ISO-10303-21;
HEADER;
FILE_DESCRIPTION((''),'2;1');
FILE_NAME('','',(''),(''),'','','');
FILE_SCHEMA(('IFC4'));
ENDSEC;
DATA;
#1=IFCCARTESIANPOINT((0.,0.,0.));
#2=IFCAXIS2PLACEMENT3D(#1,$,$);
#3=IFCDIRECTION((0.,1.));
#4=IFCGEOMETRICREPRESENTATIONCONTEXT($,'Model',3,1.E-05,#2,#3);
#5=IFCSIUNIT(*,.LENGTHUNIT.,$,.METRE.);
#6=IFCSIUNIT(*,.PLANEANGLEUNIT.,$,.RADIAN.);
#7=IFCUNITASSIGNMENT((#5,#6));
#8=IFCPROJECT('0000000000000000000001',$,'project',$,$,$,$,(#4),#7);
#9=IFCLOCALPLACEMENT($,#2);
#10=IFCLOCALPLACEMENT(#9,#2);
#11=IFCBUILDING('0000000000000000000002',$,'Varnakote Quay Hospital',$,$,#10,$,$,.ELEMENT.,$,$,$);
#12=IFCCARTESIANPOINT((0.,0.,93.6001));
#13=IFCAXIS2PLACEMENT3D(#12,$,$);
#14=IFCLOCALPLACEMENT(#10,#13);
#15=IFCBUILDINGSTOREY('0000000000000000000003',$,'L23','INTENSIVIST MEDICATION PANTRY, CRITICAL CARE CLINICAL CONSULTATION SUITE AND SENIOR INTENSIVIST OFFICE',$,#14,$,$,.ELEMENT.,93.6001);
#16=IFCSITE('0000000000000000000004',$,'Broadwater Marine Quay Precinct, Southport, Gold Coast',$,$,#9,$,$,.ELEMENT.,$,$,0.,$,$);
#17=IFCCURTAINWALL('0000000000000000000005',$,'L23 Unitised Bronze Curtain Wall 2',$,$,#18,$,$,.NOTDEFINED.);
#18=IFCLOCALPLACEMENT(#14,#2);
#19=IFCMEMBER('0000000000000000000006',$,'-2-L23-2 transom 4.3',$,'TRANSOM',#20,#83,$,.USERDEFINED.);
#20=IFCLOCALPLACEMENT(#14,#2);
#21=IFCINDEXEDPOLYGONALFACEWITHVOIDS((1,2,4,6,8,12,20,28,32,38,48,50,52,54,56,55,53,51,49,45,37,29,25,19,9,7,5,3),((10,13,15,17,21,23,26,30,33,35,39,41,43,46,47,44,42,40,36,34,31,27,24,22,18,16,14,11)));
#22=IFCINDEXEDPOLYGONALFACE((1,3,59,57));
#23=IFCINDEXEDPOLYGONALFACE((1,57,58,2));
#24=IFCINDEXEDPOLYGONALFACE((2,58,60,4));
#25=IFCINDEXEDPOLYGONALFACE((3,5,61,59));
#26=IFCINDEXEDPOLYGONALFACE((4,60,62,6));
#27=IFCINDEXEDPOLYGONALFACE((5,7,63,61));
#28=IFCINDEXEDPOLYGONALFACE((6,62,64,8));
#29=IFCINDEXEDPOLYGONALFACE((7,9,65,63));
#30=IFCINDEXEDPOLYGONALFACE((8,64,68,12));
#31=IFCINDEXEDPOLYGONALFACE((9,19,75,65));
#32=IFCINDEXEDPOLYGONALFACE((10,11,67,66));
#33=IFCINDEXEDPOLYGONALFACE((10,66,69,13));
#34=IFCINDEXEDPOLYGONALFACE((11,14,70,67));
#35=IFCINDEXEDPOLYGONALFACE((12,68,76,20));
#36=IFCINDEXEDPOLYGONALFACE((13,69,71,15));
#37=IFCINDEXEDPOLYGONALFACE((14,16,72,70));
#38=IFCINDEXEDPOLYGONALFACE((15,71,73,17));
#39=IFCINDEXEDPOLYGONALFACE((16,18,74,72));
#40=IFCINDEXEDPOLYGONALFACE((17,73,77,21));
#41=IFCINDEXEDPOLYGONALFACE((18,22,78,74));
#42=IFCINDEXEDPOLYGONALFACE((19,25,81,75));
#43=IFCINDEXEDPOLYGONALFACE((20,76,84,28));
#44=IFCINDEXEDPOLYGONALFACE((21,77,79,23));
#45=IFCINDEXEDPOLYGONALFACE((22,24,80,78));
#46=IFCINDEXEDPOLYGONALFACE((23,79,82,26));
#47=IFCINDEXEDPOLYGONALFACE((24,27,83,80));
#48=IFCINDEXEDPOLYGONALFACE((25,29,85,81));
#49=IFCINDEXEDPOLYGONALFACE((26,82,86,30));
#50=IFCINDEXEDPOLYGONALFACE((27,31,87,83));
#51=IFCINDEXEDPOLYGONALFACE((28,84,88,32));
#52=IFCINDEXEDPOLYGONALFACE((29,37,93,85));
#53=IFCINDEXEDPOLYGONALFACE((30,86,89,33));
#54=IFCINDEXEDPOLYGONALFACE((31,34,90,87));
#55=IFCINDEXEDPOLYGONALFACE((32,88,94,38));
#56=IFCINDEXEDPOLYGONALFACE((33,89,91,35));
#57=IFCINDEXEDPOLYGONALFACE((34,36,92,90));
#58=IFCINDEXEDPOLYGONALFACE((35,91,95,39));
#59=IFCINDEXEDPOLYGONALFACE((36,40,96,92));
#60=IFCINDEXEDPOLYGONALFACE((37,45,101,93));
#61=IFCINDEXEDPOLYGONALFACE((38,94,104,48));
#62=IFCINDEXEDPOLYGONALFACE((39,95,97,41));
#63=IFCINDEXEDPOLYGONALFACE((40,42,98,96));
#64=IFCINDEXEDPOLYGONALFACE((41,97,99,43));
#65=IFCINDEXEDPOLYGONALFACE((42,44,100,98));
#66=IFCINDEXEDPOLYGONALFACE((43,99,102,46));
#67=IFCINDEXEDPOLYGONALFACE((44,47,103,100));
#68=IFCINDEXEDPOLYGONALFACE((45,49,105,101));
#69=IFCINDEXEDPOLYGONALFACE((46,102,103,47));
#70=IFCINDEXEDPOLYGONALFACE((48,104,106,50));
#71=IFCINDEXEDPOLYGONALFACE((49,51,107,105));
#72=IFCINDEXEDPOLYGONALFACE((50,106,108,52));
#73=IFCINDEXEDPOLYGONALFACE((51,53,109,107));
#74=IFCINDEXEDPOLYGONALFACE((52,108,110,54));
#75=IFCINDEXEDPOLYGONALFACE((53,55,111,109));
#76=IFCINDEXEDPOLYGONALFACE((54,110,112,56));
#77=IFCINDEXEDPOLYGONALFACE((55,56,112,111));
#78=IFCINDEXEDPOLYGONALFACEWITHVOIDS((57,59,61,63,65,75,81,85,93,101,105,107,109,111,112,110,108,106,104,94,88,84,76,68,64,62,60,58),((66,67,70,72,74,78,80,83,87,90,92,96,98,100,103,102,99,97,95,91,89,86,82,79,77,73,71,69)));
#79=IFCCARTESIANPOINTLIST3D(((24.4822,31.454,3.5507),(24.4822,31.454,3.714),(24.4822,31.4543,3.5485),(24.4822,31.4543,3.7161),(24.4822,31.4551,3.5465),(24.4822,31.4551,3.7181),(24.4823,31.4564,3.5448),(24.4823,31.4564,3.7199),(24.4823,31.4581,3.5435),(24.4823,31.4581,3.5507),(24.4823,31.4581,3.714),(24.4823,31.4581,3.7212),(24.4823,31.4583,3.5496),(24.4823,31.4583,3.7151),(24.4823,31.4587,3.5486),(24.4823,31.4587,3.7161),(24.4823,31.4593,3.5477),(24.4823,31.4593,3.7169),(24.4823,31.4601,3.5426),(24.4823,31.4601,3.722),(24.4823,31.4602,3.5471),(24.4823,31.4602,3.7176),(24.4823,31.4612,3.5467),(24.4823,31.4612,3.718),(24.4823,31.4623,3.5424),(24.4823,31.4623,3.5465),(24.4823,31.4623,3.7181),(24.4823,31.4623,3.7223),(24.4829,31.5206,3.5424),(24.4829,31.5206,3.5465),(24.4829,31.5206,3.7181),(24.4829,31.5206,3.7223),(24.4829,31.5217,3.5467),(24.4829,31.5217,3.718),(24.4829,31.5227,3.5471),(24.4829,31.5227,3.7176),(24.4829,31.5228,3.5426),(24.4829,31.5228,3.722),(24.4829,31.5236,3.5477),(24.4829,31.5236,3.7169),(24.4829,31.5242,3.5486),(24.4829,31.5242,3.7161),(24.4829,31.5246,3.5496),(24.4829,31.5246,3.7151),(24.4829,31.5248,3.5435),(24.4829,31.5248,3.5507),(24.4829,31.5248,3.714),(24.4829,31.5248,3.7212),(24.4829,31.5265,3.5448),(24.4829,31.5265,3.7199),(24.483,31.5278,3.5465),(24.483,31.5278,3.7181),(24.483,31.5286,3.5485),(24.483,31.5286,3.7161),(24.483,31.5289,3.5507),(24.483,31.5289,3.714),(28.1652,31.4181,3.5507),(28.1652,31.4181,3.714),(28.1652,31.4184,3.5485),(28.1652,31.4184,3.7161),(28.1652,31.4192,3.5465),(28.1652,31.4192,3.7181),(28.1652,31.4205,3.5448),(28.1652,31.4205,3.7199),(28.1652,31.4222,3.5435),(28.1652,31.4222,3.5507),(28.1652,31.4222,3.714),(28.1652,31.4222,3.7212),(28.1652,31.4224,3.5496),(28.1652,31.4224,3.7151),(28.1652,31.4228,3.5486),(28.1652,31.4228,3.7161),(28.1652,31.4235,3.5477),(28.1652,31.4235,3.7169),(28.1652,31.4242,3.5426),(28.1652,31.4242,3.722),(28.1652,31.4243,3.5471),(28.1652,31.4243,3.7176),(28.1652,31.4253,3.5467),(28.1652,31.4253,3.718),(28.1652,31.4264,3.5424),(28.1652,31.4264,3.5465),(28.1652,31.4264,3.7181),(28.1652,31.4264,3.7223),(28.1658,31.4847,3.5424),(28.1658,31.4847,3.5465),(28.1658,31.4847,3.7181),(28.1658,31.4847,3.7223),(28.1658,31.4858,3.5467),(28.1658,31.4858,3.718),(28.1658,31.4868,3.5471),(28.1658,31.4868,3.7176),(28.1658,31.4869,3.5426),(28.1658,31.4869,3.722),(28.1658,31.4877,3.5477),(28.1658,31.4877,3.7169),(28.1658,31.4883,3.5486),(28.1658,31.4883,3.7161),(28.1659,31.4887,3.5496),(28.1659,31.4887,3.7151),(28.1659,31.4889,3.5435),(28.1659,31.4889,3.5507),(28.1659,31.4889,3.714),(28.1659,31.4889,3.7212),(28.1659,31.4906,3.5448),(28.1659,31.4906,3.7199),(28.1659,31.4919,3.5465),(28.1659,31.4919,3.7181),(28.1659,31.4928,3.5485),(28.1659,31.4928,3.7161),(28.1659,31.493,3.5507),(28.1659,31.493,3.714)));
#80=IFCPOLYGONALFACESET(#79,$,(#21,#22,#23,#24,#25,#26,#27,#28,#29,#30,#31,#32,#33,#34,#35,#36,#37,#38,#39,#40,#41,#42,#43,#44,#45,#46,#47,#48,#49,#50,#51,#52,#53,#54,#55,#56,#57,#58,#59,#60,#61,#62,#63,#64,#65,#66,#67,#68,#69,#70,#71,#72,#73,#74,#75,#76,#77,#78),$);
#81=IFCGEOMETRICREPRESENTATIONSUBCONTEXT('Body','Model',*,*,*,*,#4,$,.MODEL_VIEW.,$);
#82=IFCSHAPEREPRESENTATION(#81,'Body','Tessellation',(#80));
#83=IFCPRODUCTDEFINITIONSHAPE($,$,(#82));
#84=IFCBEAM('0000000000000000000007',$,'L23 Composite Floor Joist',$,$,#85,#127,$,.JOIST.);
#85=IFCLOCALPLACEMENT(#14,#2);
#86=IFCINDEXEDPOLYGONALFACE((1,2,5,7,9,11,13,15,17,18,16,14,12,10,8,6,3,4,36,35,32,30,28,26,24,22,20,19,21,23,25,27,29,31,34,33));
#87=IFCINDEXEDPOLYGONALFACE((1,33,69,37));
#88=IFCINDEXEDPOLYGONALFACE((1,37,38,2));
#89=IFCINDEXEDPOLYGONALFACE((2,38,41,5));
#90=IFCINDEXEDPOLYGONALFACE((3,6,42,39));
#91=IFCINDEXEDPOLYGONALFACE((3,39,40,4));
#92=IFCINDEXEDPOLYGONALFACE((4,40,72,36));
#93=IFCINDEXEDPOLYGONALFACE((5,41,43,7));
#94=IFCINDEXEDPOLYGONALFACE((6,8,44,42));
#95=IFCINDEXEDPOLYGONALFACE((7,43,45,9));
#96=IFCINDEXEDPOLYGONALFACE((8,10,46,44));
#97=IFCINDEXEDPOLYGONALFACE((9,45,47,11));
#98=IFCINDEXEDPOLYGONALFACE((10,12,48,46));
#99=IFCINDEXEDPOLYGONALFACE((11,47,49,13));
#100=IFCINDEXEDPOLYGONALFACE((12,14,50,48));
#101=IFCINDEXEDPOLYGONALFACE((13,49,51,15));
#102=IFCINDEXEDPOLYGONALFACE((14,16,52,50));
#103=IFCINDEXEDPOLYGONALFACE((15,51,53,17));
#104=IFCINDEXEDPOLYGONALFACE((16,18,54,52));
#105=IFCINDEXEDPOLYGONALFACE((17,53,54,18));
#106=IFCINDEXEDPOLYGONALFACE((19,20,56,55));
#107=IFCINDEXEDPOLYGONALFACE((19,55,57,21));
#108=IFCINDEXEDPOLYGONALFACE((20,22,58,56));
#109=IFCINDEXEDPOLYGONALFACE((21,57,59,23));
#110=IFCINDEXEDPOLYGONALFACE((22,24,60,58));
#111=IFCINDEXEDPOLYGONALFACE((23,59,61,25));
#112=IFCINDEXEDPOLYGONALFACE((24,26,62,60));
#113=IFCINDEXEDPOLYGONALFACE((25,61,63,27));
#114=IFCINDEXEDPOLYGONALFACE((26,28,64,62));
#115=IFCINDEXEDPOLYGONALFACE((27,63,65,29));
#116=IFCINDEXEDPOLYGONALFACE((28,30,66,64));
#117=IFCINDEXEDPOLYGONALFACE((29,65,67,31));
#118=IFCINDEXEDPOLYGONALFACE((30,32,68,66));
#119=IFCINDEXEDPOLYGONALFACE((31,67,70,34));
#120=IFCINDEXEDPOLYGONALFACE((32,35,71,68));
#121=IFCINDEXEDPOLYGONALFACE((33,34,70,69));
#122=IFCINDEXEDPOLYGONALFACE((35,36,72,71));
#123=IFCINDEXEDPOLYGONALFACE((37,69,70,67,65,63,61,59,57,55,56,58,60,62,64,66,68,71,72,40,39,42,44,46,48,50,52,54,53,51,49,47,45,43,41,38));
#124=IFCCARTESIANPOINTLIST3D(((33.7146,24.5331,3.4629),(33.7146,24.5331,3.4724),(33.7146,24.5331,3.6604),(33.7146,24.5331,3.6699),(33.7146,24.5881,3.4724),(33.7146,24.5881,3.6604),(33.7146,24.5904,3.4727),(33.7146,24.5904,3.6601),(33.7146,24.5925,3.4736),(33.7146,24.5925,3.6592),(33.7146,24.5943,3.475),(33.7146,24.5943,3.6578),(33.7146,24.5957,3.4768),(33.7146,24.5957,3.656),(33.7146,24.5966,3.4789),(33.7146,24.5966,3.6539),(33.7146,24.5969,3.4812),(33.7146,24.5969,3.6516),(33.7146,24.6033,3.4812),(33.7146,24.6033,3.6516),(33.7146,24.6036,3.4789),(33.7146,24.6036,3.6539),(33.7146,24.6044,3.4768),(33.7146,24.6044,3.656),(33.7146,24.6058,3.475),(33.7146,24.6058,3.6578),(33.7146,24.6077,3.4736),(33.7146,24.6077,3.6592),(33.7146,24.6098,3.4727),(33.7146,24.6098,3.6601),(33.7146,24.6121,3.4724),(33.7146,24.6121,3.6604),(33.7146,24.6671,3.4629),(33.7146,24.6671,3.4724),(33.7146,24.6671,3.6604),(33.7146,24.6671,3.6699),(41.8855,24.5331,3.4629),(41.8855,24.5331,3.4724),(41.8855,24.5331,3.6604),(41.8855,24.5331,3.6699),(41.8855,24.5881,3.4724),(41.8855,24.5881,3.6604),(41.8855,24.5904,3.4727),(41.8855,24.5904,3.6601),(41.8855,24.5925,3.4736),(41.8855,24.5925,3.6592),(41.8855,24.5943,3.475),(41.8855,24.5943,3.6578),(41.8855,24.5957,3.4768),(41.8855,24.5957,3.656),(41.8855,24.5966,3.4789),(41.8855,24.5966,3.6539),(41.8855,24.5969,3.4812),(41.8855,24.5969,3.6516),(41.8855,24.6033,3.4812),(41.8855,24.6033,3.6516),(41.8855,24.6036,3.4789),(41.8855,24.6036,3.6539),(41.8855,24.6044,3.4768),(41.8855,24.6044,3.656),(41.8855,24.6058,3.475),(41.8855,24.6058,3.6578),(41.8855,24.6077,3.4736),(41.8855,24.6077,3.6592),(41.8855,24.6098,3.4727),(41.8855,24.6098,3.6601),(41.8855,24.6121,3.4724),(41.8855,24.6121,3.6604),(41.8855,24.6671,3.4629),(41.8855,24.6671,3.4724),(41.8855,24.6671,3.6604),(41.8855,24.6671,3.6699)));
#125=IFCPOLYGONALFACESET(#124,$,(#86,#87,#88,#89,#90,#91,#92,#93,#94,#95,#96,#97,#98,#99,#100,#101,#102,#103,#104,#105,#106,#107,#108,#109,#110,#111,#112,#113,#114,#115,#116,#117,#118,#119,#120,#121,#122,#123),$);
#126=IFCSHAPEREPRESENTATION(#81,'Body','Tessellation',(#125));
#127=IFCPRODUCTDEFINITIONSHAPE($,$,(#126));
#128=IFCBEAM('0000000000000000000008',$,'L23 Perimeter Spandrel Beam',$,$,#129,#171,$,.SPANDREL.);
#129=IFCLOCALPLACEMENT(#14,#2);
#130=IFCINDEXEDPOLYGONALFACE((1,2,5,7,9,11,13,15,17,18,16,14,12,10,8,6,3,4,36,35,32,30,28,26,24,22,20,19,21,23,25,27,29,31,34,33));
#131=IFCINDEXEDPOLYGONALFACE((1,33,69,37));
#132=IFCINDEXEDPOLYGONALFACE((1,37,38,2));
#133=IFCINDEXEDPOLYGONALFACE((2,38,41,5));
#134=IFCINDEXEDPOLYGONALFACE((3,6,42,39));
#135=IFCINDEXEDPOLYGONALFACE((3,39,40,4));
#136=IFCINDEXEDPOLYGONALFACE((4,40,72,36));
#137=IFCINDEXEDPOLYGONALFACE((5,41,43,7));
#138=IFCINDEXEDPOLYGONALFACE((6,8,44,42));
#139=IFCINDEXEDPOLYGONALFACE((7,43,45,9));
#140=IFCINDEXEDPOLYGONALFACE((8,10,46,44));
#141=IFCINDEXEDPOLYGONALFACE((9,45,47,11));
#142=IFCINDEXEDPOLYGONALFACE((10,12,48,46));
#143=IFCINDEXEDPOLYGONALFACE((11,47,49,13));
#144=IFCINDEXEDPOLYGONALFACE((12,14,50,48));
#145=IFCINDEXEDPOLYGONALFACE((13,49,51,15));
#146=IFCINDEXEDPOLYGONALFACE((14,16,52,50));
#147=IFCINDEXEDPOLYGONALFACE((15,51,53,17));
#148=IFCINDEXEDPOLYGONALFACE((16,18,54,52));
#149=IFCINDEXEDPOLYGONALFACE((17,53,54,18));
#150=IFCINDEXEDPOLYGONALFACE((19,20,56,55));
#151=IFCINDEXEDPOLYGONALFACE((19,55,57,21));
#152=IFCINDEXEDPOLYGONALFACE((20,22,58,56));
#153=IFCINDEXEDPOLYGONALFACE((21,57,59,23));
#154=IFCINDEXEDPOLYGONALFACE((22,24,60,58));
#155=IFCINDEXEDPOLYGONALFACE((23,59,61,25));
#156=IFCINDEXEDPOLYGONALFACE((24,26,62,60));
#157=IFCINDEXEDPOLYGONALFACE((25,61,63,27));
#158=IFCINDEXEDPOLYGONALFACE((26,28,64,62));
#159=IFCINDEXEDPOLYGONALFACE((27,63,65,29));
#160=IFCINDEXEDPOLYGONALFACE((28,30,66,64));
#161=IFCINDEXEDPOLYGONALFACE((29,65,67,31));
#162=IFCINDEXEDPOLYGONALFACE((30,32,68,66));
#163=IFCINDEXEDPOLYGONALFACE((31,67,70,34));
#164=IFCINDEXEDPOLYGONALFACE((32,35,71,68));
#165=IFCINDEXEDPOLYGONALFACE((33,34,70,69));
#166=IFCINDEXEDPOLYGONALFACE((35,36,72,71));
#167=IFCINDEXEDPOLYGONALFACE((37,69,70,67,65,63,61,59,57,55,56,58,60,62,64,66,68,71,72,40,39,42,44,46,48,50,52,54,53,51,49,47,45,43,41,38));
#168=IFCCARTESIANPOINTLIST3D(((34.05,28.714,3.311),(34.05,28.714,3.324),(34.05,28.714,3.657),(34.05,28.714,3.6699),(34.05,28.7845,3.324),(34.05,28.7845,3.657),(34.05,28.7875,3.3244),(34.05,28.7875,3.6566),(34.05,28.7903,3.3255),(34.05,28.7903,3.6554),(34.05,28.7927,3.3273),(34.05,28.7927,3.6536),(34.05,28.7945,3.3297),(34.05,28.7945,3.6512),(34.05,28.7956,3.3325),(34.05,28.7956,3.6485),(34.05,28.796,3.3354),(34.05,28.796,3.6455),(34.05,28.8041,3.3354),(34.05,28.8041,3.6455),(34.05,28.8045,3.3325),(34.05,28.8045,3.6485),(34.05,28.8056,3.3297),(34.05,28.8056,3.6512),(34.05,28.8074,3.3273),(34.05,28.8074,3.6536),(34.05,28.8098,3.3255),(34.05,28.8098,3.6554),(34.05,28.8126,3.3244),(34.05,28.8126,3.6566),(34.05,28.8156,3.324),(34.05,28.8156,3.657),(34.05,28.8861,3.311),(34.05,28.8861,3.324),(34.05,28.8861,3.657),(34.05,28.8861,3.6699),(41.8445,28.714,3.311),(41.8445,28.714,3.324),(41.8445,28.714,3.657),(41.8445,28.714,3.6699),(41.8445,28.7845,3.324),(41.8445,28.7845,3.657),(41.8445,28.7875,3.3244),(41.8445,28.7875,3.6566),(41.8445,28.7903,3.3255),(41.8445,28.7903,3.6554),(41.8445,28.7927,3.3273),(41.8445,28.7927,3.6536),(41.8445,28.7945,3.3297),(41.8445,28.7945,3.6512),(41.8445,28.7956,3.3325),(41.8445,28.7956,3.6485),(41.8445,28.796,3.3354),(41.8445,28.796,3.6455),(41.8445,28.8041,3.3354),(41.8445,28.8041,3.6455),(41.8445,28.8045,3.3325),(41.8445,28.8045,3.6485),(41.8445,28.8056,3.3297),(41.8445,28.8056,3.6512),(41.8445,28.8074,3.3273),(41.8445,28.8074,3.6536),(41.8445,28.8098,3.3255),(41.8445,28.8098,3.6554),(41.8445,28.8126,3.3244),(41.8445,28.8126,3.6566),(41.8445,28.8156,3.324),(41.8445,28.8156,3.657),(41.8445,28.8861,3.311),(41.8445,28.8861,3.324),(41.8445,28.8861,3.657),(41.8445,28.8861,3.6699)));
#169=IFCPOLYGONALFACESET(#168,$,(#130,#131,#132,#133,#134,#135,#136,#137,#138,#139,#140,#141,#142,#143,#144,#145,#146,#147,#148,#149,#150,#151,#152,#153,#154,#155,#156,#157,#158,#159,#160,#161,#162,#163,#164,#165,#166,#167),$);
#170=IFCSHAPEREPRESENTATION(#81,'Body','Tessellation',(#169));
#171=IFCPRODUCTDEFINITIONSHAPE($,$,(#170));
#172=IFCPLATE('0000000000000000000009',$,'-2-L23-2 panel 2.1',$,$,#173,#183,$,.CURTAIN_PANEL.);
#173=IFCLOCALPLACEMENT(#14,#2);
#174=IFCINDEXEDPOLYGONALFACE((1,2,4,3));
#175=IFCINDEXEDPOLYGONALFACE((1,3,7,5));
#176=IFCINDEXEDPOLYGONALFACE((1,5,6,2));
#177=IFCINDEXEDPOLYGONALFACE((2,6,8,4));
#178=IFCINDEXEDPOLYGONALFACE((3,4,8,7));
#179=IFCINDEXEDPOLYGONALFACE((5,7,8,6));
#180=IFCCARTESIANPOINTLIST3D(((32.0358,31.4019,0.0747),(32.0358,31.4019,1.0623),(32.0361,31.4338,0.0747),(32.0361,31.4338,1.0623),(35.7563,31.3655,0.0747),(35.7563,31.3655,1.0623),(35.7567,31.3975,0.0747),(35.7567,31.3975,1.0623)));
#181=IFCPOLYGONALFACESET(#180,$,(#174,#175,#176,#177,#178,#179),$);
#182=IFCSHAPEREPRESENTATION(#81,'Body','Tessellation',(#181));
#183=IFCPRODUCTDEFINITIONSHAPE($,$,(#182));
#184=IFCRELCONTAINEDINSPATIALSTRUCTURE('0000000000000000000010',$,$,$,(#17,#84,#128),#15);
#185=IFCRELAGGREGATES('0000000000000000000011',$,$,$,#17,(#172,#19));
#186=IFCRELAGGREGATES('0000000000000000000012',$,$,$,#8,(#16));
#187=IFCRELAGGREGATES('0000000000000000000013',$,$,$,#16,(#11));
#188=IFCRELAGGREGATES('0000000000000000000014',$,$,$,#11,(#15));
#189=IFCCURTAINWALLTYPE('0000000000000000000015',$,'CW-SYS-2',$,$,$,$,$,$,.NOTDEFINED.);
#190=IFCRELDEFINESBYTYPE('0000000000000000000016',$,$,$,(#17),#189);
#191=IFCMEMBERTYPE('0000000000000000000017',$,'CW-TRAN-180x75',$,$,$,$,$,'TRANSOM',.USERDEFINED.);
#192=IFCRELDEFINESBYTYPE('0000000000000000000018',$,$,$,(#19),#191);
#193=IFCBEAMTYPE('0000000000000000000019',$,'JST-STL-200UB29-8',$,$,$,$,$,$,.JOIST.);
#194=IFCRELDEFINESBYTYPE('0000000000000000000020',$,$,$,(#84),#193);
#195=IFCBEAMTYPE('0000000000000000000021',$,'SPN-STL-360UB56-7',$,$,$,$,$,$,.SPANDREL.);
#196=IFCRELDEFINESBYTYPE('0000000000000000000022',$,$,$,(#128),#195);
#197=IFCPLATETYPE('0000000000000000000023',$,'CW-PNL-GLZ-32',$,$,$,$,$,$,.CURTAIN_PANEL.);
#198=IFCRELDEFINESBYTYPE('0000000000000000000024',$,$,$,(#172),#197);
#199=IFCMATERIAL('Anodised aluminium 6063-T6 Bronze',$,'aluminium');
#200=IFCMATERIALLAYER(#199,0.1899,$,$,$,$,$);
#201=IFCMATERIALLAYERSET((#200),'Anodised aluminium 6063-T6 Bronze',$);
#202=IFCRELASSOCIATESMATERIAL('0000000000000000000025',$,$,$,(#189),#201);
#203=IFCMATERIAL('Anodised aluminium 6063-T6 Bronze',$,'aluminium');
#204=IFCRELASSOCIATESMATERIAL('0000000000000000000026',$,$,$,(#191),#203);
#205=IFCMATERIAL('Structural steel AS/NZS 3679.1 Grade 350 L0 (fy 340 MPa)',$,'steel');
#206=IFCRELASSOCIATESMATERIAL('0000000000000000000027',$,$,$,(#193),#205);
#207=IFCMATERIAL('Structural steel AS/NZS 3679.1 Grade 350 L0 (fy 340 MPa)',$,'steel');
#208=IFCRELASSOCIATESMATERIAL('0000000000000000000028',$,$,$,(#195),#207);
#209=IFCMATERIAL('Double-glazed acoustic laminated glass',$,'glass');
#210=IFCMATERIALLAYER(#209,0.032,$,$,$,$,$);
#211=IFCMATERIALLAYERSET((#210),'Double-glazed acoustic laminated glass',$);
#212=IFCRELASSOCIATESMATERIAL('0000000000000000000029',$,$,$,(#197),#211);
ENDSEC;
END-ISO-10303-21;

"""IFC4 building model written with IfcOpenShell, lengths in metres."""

from ifc_helpers import new_model, si_unit, direction, frame, origin, origin_2d, place, context, subcontext, project, spatial, rectangle, hollow_rectangle, i_section, extrude, material, layer, layer_set, material_profile, profile_set, type_object, element, aggregate, save


model = new_model("IFC4")

# Units and contexts
model_context = context("Model", 3, precision=1e-05, world=origin(), true_north=direction((0.0, 1.0)))
body_context = subcontext(model_context, "Body", "Model", "MODEL_VIEW")
ifc_project = project(units=[si_unit("LENGTHUNIT", "METRE"), si_unit("PLANEANGLEUNIT", "RADIAN")], contexts=[model_context])

# Site, building, storey
site_placement = place(None, origin())
site = spatial("IfcSite", under=ifc_project, at=site_placement, Name="Broadwater Marine Quay Precinct, Southport, Gold Coast", CompositionType="ELEMENT", RefElevation=0.0)
building_placement = place(site_placement, origin())
building = spatial("IfcBuilding", under=site, at=building_placement, Name="Varnakote Quay Hospital", CompositionType="ELEMENT")
storey_placement = place(building_placement, frame((0.0, 0.0, 93.6001)))
storey = spatial("IfcBuildingStorey", under=building, at=storey_placement, Name="L23", Description="INTENSIVIST MEDICATION PANTRY, CRITICAL CARE CLINICAL CONSULTATION SUITE AND SENIOR INTENSIVIST OFFICE", CompositionType="ELEMENT", Elevation=93.6001)

# Curtain wall, member
ifc_material_1 = material(Name="Anodised aluminium 6063-T6 Bronze", Category="aluminium")
ifc_layer_1 = layer(ifc_material_1, 0.1899)
ifc_layer_set_1 = layer_set([ifc_layer_1], Name="Anodised aluminium 6063-T6 Bronze")
curtain_wall_type = type_object("IfcCurtainWallType", Name="CW-SYS-2", PredefinedType="NOTDEFINED", material=ifc_layer_set_1)
curtain_wall_placement = place(storey_placement, origin())
curtain_wall = element("IfcCurtainWall", 1, at=curtain_wall_placement, inside=storey, type_object=curtain_wall_type, Name="L23 Unitised Bronze Curtain Wall 2", PredefinedType="NOTDEFINED")
ifc_material_2 = material(Name="Anodised aluminium 6063-T6 Bronze", Category="aluminium")
ifc_material_profile_1 = material_profile(ifc_material_2, hollow_rectangle(XDim=0.075, YDim=0.1799, WallThickness=0.0042, InnerFilletRadius=0.0042, OuterFilletRadius=0.0083, at=origin_2d()), Name="CW-TRAN-180x75")
ifc_profile_set_1 = profile_set([ifc_material_profile_1], Name="Anodised aluminium 6063-T6 Bronze")
member_type_1 = type_object("IfcMemberType", Name="CW-TRAN-180x75", ElementType="TRANSOM", PredefinedType="USERDEFINED", material=ifc_profile_set_1)
member_1_placement = place(storey_placement, frame((28.1655, 31.4556, 3.6323), z_axis=(-0.999953, 0.009744, 0.0), x_axis=(-0.009744, -0.999953, 0.0)))
member_1 = element("IfcMember", 2, at=member_1_placement, type_object=member_type_1, Name="-2-L23-2 transom 4.3", ObjectType="TRANSOM", PredefinedType="USERDEFINED", context=body_context, shape_type="SweptSolid", body=[
    extrude(hollow_rectangle(XDim=0.075, YDim=0.1799, WallThickness=0.0042, InnerFilletRadius=0.0042, OuterFilletRadius=0.0083, at=origin_2d()), origin(), (0.0, 0.0, 1.0), 3.6831),
])

# Beams
ifc_material_3 = material(Name="Structural steel AS/NZS 3679.1 Grade 350 L0 (fy 340 MPa)", Category="steel")
ifc_material_profile_2 = material_profile(ifc_material_3, i_section(OverallWidth=0.134, OverallDepth=0.207, WebThickness=0.0063, FlangeThickness=0.0095, FilletRadius=0.0088, at=origin_2d()), Name="200UB29.8")
ifc_profile_set_2 = profile_set([ifc_material_profile_2], Name="Structural steel AS/NZS 3679.1 Grade 350 L0 (fy 340 MPa)")
beam_type_1 = type_object("IfcBeamType", Name="JST-STL-200UB29-8", PredefinedType="JOIST", material=ifc_profile_set_2)
beam_1_placement = place(storey_placement, frame((33.7146, 24.6001, 3.5664), z_axis=(1.0, 0.0, 0.0), x_axis=(0.0, 1.0, 0.0)))
element("IfcBeam", 3, at=beam_1_placement, inside=storey, type_object=beam_type_1, Name="L23 Composite Floor Joist", PredefinedType="JOIST", context=body_context, shape_type="SweptSolid", body=[
    extrude(i_section(OverallWidth=0.134, OverallDepth=0.207, WebThickness=0.0063, FlangeThickness=0.0095, FilletRadius=0.0088, at=origin_2d()), origin(), (0.0, 0.0, 1.0), 8.1709),
])
ifc_material_4 = material(Name="Structural steel AS/NZS 3679.1 Grade 350 L0 (fy 340 MPa)", Category="steel")
ifc_material_profile_3 = material_profile(ifc_material_4, i_section(OverallWidth=0.1721, OverallDepth=0.3589, WebThickness=0.0081, FlangeThickness=0.0129, FilletRadius=0.0115, at=origin_2d()), Name="360UB56.7")
ifc_profile_set_3 = profile_set([ifc_material_profile_3], Name="Structural steel AS/NZS 3679.1 Grade 350 L0 (fy 340 MPa)")
beam_type_2 = type_object("IfcBeamType", Name="SPN-STL-360UB56-7", PredefinedType="SPANDREL", material=ifc_profile_set_3)
beam_2_placement = place(storey_placement, frame((34.05, 28.8, 3.4905), z_axis=(1.0, 0.0, 0.0), x_axis=(0.0, 1.0, 0.0)))
element("IfcBeam", 4, at=beam_2_placement, inside=storey, type_object=beam_type_2, Name="L23 Perimeter Spandrel Beam", PredefinedType="SPANDREL", context=body_context, shape_type="SweptSolid", body=[
    extrude(i_section(OverallWidth=0.1721, OverallDepth=0.3589, WebThickness=0.0081, FlangeThickness=0.0129, FilletRadius=0.0115, at=origin_2d()), origin(), (0.0, 0.0, 1.0), 7.7944),
])

# Plate
ifc_material_5 = material(Name="Double-glazed acoustic laminated glass", Category="glass")
ifc_layer_2 = layer(ifc_material_5, 0.032)
ifc_layer_set_2 = layer_set([ifc_layer_2], Name="Double-glazed acoustic laminated glass")
plate_type = type_object("IfcPlateType", Name="CW-PNL-GLZ-32", PredefinedType="CURTAIN_PANEL", material=ifc_layer_set_2)
plate_1_placement = place(storey_placement, frame((33.8962, 31.3997, 0.0747), z_axis=(0.0, 0.0, 1.0), x_axis=(-0.999952, 0.009774, 0.0)))
plate_1 = element("IfcPlate", 5, at=plate_1_placement, type_object=plate_type, Name="-2-L23-2 panel 2.1", PredefinedType="CURTAIN_PANEL", context=body_context, shape_type="SweptSolid", body=[
    extrude(rectangle(XDim=3.7207, YDim=0.032, at=origin_2d()), origin(), (0.0, 0.0, 1.0), 0.9875),
])
aggregate(curtain_wall, [plate_1, member_1])

save(model, "model.ifc")
